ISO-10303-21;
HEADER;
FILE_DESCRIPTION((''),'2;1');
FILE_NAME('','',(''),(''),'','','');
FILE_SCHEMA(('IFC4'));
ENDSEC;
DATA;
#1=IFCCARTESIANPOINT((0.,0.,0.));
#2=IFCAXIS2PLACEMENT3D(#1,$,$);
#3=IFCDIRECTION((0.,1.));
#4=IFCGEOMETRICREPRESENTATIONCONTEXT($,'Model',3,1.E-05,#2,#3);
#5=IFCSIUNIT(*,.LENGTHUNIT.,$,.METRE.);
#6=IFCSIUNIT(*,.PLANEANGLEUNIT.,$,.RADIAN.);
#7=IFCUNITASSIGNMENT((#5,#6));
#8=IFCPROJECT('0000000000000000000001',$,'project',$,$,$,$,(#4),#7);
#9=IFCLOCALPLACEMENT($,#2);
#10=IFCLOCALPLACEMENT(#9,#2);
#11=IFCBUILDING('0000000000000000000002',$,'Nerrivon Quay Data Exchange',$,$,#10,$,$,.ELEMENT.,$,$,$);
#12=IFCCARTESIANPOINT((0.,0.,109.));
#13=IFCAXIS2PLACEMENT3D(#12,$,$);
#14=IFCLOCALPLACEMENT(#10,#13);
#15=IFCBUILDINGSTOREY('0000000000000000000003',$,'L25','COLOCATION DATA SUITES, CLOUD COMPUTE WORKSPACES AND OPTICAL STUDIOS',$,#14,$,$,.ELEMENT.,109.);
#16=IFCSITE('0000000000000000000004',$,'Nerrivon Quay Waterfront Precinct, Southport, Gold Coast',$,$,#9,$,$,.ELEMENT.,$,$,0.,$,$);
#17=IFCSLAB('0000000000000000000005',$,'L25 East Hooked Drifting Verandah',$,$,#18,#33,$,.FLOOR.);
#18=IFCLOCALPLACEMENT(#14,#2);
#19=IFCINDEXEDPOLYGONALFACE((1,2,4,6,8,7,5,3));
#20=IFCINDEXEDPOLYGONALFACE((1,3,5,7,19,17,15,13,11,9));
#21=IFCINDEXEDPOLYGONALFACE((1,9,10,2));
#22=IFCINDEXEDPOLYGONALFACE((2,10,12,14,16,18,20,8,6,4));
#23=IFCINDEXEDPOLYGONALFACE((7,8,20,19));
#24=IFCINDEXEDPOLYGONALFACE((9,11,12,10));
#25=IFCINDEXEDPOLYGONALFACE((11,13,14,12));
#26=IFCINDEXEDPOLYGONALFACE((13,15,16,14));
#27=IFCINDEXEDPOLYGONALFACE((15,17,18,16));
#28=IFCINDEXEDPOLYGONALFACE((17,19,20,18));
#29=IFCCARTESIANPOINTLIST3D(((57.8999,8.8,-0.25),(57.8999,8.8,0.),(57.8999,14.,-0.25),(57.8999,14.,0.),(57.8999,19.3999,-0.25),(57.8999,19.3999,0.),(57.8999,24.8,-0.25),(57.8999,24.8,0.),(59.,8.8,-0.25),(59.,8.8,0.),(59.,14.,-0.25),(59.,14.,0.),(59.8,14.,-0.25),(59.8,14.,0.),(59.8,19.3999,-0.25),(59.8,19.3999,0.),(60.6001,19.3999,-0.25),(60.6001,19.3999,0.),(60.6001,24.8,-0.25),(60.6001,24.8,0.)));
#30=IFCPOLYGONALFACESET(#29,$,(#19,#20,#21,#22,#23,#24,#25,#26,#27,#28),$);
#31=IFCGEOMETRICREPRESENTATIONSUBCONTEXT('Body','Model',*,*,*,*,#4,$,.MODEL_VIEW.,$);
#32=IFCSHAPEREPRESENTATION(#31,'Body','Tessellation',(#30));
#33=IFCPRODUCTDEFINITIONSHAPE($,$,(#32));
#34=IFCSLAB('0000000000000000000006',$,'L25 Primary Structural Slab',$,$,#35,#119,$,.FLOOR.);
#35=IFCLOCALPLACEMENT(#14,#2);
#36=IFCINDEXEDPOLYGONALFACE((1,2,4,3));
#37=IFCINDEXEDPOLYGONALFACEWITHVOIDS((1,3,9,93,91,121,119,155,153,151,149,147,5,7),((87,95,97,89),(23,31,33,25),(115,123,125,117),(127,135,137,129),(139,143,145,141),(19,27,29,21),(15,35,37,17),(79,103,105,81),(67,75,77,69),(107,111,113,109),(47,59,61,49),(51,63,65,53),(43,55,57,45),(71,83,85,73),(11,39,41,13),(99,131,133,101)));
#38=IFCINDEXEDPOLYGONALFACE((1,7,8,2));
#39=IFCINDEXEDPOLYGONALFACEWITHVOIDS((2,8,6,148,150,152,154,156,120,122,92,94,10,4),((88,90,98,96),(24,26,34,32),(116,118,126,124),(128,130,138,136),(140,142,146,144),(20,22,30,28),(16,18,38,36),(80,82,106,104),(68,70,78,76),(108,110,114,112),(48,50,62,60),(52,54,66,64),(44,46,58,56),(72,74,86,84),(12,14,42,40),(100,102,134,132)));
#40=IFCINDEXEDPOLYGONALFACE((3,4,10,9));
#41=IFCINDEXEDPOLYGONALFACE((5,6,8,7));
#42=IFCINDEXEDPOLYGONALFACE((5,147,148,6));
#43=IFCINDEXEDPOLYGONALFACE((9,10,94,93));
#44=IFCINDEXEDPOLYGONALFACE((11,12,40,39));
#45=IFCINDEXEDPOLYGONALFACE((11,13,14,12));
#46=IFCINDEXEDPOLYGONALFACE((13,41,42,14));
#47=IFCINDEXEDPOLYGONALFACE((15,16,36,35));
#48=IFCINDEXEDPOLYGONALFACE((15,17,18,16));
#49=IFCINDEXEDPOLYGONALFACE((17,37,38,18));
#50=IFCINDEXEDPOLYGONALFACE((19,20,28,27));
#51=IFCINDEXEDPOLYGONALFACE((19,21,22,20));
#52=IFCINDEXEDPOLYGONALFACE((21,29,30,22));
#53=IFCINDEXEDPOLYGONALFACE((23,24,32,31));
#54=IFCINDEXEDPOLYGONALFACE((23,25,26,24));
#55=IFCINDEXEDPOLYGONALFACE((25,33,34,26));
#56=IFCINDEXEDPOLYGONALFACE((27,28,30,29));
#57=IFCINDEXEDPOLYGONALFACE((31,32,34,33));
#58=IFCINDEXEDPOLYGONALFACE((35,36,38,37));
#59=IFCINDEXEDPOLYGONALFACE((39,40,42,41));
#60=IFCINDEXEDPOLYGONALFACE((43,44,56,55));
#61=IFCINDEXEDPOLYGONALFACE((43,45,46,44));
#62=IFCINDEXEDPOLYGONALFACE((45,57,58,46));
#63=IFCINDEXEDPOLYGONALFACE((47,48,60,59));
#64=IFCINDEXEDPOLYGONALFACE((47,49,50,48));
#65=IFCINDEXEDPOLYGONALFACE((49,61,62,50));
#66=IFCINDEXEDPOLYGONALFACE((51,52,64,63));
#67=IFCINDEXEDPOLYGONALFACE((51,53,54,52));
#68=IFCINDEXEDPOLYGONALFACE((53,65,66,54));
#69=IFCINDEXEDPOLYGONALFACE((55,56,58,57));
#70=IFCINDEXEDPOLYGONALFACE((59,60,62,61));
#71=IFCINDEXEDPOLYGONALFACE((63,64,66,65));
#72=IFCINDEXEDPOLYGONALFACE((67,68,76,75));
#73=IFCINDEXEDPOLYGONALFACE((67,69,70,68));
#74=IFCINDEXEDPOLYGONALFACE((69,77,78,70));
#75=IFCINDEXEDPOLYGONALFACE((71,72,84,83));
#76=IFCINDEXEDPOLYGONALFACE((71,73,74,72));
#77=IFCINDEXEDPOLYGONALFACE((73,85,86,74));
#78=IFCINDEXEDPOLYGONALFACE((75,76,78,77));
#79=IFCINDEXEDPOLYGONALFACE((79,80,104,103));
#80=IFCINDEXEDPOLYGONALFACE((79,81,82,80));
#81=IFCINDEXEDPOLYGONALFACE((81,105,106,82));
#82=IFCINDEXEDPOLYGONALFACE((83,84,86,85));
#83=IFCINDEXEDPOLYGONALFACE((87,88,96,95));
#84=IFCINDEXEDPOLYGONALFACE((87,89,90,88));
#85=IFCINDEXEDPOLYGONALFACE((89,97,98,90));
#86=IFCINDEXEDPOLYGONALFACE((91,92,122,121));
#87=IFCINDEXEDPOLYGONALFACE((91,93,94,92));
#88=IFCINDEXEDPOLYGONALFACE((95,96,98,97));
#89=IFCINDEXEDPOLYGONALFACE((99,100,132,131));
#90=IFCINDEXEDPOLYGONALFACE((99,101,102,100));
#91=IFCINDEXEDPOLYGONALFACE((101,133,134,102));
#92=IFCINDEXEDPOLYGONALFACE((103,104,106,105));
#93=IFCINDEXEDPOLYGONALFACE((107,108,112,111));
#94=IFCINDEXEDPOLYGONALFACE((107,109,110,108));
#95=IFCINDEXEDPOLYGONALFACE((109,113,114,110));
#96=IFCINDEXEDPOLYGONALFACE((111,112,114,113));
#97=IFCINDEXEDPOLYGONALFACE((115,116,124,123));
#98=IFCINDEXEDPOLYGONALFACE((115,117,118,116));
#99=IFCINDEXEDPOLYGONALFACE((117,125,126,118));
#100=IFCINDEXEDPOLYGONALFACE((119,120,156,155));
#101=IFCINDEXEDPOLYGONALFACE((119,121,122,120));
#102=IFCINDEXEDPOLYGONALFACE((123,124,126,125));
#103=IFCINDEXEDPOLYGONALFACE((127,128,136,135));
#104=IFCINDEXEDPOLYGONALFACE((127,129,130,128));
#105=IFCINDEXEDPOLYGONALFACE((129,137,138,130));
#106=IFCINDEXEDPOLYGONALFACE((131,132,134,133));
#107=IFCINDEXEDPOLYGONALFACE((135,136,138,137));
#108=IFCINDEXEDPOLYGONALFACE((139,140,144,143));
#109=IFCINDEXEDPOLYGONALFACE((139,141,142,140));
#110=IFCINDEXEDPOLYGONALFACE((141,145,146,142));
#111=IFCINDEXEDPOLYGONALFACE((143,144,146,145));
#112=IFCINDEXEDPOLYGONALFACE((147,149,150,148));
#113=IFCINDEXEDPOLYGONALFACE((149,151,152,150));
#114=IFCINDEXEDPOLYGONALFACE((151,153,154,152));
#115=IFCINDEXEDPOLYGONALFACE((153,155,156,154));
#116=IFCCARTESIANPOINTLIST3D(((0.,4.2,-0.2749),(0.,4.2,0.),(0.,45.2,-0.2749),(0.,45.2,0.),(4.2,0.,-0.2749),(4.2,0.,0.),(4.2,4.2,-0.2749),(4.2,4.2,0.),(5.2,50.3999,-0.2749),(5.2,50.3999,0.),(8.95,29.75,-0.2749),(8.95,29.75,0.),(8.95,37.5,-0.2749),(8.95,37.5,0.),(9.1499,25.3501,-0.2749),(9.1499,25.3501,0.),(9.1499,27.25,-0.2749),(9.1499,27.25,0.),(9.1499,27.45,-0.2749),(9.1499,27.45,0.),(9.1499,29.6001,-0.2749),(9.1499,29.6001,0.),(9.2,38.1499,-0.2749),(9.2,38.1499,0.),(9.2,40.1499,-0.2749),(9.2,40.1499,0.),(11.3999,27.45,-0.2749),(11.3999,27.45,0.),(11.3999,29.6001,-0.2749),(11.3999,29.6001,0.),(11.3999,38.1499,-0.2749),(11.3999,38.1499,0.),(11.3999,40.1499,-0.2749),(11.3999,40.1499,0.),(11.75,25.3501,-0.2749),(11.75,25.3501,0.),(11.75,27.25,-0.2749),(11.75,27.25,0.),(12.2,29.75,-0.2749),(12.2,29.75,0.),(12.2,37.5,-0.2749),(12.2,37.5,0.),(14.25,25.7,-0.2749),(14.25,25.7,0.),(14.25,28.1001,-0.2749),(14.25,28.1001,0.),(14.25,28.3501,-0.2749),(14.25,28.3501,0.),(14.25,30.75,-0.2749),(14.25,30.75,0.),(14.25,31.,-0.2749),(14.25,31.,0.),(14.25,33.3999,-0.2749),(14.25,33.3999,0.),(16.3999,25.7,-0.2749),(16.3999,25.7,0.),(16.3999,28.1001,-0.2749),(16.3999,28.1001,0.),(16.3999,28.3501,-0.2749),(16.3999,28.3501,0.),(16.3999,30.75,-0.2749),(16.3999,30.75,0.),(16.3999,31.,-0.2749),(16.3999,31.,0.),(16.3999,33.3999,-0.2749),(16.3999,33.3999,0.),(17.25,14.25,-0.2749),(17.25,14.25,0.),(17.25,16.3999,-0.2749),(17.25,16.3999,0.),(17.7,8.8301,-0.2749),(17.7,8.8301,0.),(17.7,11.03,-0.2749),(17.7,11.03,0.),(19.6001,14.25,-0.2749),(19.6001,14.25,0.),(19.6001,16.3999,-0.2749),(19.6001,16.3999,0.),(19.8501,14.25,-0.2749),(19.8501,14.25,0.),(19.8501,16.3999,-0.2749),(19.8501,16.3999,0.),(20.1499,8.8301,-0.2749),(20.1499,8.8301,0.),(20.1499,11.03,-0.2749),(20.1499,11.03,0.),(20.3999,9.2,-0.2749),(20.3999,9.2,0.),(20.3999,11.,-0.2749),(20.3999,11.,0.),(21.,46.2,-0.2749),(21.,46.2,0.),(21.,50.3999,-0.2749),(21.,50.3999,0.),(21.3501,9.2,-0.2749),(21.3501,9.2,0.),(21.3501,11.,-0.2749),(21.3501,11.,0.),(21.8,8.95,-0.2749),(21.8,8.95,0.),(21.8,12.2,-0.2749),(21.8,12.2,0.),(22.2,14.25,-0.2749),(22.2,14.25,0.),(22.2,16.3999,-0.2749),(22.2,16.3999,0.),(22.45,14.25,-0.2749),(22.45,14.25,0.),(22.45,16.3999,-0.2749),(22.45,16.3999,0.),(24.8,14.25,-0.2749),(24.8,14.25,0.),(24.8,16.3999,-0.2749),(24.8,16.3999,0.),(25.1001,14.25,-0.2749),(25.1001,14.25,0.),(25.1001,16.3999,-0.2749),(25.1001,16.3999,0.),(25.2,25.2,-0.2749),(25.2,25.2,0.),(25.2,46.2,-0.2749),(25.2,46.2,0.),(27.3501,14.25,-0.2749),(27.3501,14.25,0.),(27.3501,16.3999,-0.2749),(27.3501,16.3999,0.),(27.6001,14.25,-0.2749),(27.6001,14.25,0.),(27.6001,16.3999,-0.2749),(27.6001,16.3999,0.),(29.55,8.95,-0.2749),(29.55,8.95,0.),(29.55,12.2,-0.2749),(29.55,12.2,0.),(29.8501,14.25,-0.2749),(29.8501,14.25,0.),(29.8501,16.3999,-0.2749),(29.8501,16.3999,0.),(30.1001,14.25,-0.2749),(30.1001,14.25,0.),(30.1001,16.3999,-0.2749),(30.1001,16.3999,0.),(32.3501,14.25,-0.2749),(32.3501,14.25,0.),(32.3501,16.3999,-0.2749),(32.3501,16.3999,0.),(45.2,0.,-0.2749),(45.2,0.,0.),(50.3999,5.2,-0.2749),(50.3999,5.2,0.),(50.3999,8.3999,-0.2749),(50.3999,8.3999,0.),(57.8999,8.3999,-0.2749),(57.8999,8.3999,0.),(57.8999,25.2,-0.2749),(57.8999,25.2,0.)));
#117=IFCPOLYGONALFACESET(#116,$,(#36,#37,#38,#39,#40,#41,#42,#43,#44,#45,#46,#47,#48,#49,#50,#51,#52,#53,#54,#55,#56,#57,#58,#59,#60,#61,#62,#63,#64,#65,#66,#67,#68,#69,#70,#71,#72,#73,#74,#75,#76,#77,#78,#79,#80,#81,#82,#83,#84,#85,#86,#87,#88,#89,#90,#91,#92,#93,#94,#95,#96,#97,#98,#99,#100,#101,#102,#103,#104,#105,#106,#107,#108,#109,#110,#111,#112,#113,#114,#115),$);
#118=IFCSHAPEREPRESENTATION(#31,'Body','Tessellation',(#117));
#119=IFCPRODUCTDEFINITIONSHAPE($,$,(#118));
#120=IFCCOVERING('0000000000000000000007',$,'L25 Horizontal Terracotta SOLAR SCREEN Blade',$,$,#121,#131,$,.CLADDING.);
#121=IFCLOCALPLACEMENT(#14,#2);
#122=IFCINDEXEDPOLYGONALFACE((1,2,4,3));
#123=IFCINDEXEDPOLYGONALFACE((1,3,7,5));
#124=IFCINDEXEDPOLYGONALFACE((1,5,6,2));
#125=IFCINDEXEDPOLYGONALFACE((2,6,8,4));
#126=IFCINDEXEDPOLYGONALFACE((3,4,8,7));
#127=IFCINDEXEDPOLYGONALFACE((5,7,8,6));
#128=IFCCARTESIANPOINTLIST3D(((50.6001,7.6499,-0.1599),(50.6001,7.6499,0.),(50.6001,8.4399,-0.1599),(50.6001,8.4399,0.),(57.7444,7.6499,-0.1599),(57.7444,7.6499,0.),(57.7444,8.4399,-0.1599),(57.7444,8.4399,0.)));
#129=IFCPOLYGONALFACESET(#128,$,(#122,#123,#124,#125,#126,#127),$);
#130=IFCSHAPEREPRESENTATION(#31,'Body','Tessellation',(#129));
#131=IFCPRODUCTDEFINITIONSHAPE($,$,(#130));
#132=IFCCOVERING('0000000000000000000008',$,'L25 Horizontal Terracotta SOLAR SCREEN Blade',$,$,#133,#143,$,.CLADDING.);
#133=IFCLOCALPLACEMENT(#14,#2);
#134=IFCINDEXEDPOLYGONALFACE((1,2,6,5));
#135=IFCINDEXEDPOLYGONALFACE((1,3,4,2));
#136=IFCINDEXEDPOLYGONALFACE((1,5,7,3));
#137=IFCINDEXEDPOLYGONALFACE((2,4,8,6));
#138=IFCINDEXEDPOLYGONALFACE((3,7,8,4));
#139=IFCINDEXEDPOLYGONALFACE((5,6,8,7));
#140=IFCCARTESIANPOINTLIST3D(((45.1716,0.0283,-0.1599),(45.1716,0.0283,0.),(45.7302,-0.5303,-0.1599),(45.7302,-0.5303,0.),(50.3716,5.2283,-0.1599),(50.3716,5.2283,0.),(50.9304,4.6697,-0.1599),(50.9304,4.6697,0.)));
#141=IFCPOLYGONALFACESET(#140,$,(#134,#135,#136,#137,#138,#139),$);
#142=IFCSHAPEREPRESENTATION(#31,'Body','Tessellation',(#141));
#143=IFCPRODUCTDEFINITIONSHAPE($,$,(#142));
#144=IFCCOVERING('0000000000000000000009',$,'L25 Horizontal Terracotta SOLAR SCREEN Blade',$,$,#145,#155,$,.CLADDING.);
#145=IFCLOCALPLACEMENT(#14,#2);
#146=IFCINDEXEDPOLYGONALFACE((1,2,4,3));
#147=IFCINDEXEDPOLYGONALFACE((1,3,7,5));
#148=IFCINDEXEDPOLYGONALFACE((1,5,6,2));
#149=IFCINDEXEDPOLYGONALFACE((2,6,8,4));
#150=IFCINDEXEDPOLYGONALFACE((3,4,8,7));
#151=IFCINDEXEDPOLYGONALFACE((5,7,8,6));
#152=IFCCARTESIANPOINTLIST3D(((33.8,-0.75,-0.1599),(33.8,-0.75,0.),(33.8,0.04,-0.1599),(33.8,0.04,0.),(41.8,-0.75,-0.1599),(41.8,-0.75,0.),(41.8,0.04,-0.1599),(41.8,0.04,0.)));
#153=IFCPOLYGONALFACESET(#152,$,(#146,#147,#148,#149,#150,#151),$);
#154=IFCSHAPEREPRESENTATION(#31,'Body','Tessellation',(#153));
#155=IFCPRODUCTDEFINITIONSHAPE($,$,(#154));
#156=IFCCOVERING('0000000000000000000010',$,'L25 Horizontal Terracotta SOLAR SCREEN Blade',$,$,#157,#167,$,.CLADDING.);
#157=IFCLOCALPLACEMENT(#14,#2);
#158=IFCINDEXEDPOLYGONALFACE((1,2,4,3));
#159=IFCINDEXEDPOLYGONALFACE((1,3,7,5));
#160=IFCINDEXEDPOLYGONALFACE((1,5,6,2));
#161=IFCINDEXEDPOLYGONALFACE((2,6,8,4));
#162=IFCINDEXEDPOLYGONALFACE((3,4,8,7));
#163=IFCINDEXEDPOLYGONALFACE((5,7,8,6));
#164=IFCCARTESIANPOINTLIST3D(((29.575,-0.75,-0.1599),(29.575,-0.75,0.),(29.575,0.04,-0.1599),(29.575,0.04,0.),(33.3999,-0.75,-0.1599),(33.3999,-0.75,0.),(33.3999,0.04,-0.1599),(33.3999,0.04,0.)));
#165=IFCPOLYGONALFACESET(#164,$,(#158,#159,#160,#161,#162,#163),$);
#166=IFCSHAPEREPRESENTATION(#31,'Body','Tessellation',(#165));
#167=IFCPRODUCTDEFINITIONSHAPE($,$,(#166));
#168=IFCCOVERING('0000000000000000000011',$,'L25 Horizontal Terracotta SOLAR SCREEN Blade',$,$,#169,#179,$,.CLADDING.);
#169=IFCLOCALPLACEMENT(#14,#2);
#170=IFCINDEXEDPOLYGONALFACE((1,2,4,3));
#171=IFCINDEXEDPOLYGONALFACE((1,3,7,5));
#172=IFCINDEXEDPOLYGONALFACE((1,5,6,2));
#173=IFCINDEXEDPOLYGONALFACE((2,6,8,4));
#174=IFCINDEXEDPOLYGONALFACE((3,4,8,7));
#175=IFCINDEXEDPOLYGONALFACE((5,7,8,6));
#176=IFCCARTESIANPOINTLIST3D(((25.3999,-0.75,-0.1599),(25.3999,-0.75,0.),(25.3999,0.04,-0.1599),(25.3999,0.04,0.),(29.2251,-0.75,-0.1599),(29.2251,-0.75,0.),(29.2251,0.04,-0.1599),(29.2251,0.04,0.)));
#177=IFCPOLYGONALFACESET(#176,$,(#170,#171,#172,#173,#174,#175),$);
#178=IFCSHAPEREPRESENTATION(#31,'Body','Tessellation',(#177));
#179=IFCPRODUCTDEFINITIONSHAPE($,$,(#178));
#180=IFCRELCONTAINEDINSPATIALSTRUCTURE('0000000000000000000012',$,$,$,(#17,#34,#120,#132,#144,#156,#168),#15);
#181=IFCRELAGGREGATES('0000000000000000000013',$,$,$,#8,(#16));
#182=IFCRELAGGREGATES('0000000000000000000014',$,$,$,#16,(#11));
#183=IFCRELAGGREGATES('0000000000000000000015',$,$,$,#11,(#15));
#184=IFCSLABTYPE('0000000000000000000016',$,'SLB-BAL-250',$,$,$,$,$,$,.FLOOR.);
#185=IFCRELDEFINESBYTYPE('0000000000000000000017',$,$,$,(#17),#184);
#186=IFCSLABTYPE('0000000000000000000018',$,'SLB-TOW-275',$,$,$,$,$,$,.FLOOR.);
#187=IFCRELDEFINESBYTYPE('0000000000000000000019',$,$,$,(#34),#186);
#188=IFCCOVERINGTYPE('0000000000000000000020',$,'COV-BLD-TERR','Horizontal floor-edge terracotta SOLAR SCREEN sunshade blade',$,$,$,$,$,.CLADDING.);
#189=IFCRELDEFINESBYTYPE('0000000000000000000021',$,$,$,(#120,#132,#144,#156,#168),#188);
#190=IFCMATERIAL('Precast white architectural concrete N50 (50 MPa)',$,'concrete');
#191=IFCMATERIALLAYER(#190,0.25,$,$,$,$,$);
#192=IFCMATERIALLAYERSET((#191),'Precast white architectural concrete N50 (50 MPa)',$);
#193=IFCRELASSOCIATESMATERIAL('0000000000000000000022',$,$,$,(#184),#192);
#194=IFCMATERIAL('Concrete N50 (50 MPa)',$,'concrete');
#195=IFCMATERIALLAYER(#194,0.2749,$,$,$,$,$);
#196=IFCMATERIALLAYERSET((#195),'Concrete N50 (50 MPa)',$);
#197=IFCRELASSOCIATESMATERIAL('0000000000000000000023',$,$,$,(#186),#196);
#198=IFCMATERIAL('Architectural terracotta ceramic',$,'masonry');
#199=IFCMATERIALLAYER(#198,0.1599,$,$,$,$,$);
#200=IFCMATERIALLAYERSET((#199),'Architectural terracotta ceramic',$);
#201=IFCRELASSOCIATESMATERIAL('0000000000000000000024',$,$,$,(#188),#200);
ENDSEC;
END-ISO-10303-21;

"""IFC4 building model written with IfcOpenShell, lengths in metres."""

from ifc_helpers import new_model, si_unit, direction, frame, origin, place, context, subcontext, project, spatial, polyline, outline, extrude, material, layer, layer_set, type_object, element, save


model = new_model("IFC4")

# Units and contexts
model_context = context("Model", 3, precision=1e-05, world=origin(), true_north=direction((0.0, 1.0)))
body_context = subcontext(model_context, "Body", "Model", "MODEL_VIEW")
ifc_project = project(units=[si_unit("LENGTHUNIT", "METRE"), si_unit("PLANEANGLEUNIT", "RADIAN")], contexts=[model_context])

# Site, building, storey
site_placement = place(None, origin())
site = spatial("IfcSite", under=ifc_project, at=site_placement, Name="Nerrivon Quay Waterfront Precinct, Southport, Gold Coast", CompositionType="ELEMENT", RefElevation=0.0)
building_placement = place(site_placement, origin())
building = spatial("IfcBuilding", under=site, at=building_placement, Name="Nerrivon Quay Data Exchange", CompositionType="ELEMENT")
storey_placement = place(building_placement, frame((0.0, 0.0, 109.0)))
storey = spatial("IfcBuildingStorey", under=building, at=storey_placement, Name="L25", Description="COLOCATION DATA SUITES, CLOUD COMPUTE WORKSPACES AND OPTICAL STUDIOS", CompositionType="ELEMENT", Elevation=109.0)

# Slabs
ifc_material_1 = material(Name="Precast white architectural concrete N50 (50 MPa)", Category="concrete")
ifc_layer_1 = layer(ifc_material_1, 0.25)
ifc_layer_set_1 = layer_set([ifc_layer_1], Name="Precast white architectural concrete N50 (50 MPa)")
slab_type_1 = type_object("IfcSlabType", Name="SLB-BAL-250", PredefinedType="FLOOR", material=ifc_layer_set_1)
slab_1_placement = place(storey_placement, frame((0.0, 0.0, -0.25)))
element("IfcSlab", 1, at=slab_1_placement, inside=storey, type_object=slab_type_1, Name="L25 East Hooked Drifting Verandah", PredefinedType="FLOOR", context=body_context, shape_type="SweptSolid", body=[
    extrude(outline(polyline([(59.0, 14.0), (59.8, 14.0), (59.8, 19.3999), (60.6001, 19.3999), (60.6001, 24.8), (57.8999, 24.8), (57.8999, 19.3999), (57.8999, 14.0), (57.8999, 8.8), (59.0, 8.8), (59.0, 14.0)])), origin(), (0.0, 0.0, 1.0), 0.25),
])
ifc_material_2 = material(Name="Concrete N50 (50 MPa)", Category="concrete")
ifc_layer_2 = layer(ifc_material_2, 0.2749)
ifc_layer_set_2 = layer_set([ifc_layer_2], Name="Concrete N50 (50 MPa)")
slab_type_2 = type_object("IfcSlabType", Name="SLB-TOW-275", PredefinedType="FLOOR", material=ifc_layer_set_2)
slab_2_placement = place(storey_placement, frame((0.0, 0.0, -0.2749)))
element("IfcSlab", 2, at=slab_2_placement, inside=storey, type_object=slab_type_2, Name="L25 Primary Structural Slab", PredefinedType="FLOOR", context=body_context, shape_type="SweptSolid", body=[
    extrude(outline(polyline([(25.2, 25.2), (25.2, 46.2), (21.0, 46.2), (21.0, 50.3999), (5.2, 50.3999), (0.0, 45.2), (0.0, 4.2), (4.2, 4.2), (4.2, 0.0), (45.2, 0.0), (50.3999, 5.2), (50.3999, 8.3999), (57.8999, 8.3999), (57.8999, 25.2), (25.2, 25.2)]), holes=[polyline([(8.95, 29.75), (8.95, 37.5), (12.2, 37.5), (12.2, 29.75), (8.95, 29.75)]), polyline([(21.8, 12.2), (29.55, 12.2), (29.55, 8.95), (21.8, 8.95), (21.8, 12.2)]), polyline([(30.1001, 16.3999), (32.3501, 16.3999), (32.3501, 14.25), (30.1001, 14.25), (30.1001, 16.3999)]), polyline([(27.6001, 16.3999), (29.8501, 16.3999), (29.8501, 14.25), (27.6001, 14.25), (27.6001, 16.3999)]), polyline([(25.1001, 16.3999), (27.3501, 16.3999), (27.3501, 14.25), (25.1001, 14.25), (25.1001, 16.3999)]), polyline([(22.45, 16.3999), (24.8, 16.3999), (24.8, 14.25), (22.45, 14.25), (22.45, 16.3999)]), polyline([(19.8501, 16.3999), (22.2, 16.3999), (22.2, 14.25), (19.8501, 14.25), (19.8501, 16.3999)]), polyline([(20.3999, 11.0), (21.3501, 11.0), (21.3501, 9.2), (20.3999, 9.2), (20.3999, 11.0)]), polyline([(17.7, 8.8301), (17.7, 11.03), (20.1499, 11.03), (20.1499, 8.8301), (17.7, 8.8301)]), polyline([(17.25, 14.25), (17.25, 16.3999), (19.6001, 16.3999), (19.6001, 14.25), (17.25, 14.25)]), polyline([(14.25, 28.1001), (16.3999, 28.1001), (16.3999, 25.7), (14.25, 25.7), (14.25, 28.1001)]), polyline([(14.25, 30.75), (16.3999, 30.75), (16.3999, 28.3501), (14.25, 28.3501), (14.25, 30.75)]), polyline([(14.25, 33.3999), (16.3999, 33.3999), (16.3999, 31.0), (14.25, 31.0), (14.25, 33.3999)]), polyline([(9.1499, 27.25), (11.75, 27.25), (11.75, 25.3501), (9.1499, 25.3501), (9.1499, 27.25)]), polyline([(9.1499, 29.6001), (11.3999, 29.6001), (11.3999, 27.45), (9.1499, 27.45), (9.1499, 29.6001)]), polyline([(9.2, 40.1499), (11.3999, 40.1499), (11.3999, 38.1499), (9.2, 38.1499), (9.2, 40.1499)])]), origin(), (0.0, 0.0, 1.0), 0.2749),
])

# Coverings
ifc_material_3 = material(Name="Architectural terracotta ceramic", Category="masonry")
ifc_layer_3 = layer(ifc_material_3, 0.1599)
ifc_layer_set_3 = layer_set([ifc_layer_3], Name="Architectural terracotta ceramic")
covering_type = type_object("IfcCoveringType", Name="COV-BLD-TERR", Description="Horizontal floor-edge terracotta SOLAR SCREEN sunshade blade", PredefinedType="CLADDING", material=ifc_layer_set_3)
covering_1_placement = place(storey_placement, frame((0.0, 0.0, -0.1599)))
element("IfcCovering", 3, at=covering_1_placement, inside=storey, type_object=covering_type, Name="L25 Horizontal Terracotta SOLAR SCREEN Blade", PredefinedType="CLADDING", context=body_context, shape_type="SweptSolid", body=[
    extrude(outline(polyline([(57.7444, 8.4399), (50.6001, 8.4399), (50.6001, 7.6499), (57.7444, 7.6499), (57.7444, 8.4399)])), origin(), (0.0, 0.0, 1.0), 0.1599),
])
covering_2_placement = place(storey_placement, frame((0.0, 0.0, -0.1599)))
element("IfcCovering", 4, at=covering_2_placement, inside=storey, type_object=covering_type, Name="L25 Horizontal Terracotta SOLAR SCREEN Blade", PredefinedType="CLADDING", context=body_context, shape_type="SweptSolid", body=[
    extrude(outline(polyline([(50.3716, 5.2283), (45.1716, 0.0283), (45.7302, -0.5303), (50.9304, 4.6697), (50.3716, 5.2283)])), origin(), (0.0, 0.0, 1.0), 0.1599),
])
covering_3_placement = place(storey_placement, frame((0.0, 0.0, -0.1599)))
element("IfcCovering", 5, at=covering_3_placement, inside=storey, type_object=covering_type, Name="L25 Horizontal Terracotta SOLAR SCREEN Blade", PredefinedType="CLADDING", context=body_context, shape_type="SweptSolid", body=[
    extrude(outline(polyline([(41.8, 0.04), (33.8, 0.04), (33.8, -0.75), (41.8, -0.75), (41.8, 0.04)])), origin(), (0.0, 0.0, 1.0), 0.1599),
])
covering_4_placement = place(storey_placement, frame((0.0, 0.0, -0.1599)))
element("IfcCovering", 6, at=covering_4_placement, inside=storey, type_object=covering_type, Name="L25 Horizontal Terracotta SOLAR SCREEN Blade", PredefinedType="CLADDING", context=body_context, shape_type="SweptSolid", body=[
    extrude(outline(polyline([(33.3999, 0.04), (29.575, 0.04), (29.575, -0.75), (33.3999, -0.75), (33.3999, 0.04)])), origin(), (0.0, 0.0, 1.0), 0.1599),
])
covering_5_placement = place(storey_placement, frame((0.0, 0.0, -0.1599)))
element("IfcCovering", 7, at=covering_5_placement, inside=storey, type_object=covering_type, Name="L25 Horizontal Terracotta SOLAR SCREEN Blade", PredefinedType="CLADDING", context=body_context, shape_type="SweptSolid", body=[
    extrude(outline(polyline([(29.2251, 0.04), (25.3999, 0.04), (25.3999, -0.75), (29.2251, -0.75), (29.2251, 0.04)])), origin(), (0.0, 0.0, 1.0), 0.1599),
])

save(model, "model.ifc")
